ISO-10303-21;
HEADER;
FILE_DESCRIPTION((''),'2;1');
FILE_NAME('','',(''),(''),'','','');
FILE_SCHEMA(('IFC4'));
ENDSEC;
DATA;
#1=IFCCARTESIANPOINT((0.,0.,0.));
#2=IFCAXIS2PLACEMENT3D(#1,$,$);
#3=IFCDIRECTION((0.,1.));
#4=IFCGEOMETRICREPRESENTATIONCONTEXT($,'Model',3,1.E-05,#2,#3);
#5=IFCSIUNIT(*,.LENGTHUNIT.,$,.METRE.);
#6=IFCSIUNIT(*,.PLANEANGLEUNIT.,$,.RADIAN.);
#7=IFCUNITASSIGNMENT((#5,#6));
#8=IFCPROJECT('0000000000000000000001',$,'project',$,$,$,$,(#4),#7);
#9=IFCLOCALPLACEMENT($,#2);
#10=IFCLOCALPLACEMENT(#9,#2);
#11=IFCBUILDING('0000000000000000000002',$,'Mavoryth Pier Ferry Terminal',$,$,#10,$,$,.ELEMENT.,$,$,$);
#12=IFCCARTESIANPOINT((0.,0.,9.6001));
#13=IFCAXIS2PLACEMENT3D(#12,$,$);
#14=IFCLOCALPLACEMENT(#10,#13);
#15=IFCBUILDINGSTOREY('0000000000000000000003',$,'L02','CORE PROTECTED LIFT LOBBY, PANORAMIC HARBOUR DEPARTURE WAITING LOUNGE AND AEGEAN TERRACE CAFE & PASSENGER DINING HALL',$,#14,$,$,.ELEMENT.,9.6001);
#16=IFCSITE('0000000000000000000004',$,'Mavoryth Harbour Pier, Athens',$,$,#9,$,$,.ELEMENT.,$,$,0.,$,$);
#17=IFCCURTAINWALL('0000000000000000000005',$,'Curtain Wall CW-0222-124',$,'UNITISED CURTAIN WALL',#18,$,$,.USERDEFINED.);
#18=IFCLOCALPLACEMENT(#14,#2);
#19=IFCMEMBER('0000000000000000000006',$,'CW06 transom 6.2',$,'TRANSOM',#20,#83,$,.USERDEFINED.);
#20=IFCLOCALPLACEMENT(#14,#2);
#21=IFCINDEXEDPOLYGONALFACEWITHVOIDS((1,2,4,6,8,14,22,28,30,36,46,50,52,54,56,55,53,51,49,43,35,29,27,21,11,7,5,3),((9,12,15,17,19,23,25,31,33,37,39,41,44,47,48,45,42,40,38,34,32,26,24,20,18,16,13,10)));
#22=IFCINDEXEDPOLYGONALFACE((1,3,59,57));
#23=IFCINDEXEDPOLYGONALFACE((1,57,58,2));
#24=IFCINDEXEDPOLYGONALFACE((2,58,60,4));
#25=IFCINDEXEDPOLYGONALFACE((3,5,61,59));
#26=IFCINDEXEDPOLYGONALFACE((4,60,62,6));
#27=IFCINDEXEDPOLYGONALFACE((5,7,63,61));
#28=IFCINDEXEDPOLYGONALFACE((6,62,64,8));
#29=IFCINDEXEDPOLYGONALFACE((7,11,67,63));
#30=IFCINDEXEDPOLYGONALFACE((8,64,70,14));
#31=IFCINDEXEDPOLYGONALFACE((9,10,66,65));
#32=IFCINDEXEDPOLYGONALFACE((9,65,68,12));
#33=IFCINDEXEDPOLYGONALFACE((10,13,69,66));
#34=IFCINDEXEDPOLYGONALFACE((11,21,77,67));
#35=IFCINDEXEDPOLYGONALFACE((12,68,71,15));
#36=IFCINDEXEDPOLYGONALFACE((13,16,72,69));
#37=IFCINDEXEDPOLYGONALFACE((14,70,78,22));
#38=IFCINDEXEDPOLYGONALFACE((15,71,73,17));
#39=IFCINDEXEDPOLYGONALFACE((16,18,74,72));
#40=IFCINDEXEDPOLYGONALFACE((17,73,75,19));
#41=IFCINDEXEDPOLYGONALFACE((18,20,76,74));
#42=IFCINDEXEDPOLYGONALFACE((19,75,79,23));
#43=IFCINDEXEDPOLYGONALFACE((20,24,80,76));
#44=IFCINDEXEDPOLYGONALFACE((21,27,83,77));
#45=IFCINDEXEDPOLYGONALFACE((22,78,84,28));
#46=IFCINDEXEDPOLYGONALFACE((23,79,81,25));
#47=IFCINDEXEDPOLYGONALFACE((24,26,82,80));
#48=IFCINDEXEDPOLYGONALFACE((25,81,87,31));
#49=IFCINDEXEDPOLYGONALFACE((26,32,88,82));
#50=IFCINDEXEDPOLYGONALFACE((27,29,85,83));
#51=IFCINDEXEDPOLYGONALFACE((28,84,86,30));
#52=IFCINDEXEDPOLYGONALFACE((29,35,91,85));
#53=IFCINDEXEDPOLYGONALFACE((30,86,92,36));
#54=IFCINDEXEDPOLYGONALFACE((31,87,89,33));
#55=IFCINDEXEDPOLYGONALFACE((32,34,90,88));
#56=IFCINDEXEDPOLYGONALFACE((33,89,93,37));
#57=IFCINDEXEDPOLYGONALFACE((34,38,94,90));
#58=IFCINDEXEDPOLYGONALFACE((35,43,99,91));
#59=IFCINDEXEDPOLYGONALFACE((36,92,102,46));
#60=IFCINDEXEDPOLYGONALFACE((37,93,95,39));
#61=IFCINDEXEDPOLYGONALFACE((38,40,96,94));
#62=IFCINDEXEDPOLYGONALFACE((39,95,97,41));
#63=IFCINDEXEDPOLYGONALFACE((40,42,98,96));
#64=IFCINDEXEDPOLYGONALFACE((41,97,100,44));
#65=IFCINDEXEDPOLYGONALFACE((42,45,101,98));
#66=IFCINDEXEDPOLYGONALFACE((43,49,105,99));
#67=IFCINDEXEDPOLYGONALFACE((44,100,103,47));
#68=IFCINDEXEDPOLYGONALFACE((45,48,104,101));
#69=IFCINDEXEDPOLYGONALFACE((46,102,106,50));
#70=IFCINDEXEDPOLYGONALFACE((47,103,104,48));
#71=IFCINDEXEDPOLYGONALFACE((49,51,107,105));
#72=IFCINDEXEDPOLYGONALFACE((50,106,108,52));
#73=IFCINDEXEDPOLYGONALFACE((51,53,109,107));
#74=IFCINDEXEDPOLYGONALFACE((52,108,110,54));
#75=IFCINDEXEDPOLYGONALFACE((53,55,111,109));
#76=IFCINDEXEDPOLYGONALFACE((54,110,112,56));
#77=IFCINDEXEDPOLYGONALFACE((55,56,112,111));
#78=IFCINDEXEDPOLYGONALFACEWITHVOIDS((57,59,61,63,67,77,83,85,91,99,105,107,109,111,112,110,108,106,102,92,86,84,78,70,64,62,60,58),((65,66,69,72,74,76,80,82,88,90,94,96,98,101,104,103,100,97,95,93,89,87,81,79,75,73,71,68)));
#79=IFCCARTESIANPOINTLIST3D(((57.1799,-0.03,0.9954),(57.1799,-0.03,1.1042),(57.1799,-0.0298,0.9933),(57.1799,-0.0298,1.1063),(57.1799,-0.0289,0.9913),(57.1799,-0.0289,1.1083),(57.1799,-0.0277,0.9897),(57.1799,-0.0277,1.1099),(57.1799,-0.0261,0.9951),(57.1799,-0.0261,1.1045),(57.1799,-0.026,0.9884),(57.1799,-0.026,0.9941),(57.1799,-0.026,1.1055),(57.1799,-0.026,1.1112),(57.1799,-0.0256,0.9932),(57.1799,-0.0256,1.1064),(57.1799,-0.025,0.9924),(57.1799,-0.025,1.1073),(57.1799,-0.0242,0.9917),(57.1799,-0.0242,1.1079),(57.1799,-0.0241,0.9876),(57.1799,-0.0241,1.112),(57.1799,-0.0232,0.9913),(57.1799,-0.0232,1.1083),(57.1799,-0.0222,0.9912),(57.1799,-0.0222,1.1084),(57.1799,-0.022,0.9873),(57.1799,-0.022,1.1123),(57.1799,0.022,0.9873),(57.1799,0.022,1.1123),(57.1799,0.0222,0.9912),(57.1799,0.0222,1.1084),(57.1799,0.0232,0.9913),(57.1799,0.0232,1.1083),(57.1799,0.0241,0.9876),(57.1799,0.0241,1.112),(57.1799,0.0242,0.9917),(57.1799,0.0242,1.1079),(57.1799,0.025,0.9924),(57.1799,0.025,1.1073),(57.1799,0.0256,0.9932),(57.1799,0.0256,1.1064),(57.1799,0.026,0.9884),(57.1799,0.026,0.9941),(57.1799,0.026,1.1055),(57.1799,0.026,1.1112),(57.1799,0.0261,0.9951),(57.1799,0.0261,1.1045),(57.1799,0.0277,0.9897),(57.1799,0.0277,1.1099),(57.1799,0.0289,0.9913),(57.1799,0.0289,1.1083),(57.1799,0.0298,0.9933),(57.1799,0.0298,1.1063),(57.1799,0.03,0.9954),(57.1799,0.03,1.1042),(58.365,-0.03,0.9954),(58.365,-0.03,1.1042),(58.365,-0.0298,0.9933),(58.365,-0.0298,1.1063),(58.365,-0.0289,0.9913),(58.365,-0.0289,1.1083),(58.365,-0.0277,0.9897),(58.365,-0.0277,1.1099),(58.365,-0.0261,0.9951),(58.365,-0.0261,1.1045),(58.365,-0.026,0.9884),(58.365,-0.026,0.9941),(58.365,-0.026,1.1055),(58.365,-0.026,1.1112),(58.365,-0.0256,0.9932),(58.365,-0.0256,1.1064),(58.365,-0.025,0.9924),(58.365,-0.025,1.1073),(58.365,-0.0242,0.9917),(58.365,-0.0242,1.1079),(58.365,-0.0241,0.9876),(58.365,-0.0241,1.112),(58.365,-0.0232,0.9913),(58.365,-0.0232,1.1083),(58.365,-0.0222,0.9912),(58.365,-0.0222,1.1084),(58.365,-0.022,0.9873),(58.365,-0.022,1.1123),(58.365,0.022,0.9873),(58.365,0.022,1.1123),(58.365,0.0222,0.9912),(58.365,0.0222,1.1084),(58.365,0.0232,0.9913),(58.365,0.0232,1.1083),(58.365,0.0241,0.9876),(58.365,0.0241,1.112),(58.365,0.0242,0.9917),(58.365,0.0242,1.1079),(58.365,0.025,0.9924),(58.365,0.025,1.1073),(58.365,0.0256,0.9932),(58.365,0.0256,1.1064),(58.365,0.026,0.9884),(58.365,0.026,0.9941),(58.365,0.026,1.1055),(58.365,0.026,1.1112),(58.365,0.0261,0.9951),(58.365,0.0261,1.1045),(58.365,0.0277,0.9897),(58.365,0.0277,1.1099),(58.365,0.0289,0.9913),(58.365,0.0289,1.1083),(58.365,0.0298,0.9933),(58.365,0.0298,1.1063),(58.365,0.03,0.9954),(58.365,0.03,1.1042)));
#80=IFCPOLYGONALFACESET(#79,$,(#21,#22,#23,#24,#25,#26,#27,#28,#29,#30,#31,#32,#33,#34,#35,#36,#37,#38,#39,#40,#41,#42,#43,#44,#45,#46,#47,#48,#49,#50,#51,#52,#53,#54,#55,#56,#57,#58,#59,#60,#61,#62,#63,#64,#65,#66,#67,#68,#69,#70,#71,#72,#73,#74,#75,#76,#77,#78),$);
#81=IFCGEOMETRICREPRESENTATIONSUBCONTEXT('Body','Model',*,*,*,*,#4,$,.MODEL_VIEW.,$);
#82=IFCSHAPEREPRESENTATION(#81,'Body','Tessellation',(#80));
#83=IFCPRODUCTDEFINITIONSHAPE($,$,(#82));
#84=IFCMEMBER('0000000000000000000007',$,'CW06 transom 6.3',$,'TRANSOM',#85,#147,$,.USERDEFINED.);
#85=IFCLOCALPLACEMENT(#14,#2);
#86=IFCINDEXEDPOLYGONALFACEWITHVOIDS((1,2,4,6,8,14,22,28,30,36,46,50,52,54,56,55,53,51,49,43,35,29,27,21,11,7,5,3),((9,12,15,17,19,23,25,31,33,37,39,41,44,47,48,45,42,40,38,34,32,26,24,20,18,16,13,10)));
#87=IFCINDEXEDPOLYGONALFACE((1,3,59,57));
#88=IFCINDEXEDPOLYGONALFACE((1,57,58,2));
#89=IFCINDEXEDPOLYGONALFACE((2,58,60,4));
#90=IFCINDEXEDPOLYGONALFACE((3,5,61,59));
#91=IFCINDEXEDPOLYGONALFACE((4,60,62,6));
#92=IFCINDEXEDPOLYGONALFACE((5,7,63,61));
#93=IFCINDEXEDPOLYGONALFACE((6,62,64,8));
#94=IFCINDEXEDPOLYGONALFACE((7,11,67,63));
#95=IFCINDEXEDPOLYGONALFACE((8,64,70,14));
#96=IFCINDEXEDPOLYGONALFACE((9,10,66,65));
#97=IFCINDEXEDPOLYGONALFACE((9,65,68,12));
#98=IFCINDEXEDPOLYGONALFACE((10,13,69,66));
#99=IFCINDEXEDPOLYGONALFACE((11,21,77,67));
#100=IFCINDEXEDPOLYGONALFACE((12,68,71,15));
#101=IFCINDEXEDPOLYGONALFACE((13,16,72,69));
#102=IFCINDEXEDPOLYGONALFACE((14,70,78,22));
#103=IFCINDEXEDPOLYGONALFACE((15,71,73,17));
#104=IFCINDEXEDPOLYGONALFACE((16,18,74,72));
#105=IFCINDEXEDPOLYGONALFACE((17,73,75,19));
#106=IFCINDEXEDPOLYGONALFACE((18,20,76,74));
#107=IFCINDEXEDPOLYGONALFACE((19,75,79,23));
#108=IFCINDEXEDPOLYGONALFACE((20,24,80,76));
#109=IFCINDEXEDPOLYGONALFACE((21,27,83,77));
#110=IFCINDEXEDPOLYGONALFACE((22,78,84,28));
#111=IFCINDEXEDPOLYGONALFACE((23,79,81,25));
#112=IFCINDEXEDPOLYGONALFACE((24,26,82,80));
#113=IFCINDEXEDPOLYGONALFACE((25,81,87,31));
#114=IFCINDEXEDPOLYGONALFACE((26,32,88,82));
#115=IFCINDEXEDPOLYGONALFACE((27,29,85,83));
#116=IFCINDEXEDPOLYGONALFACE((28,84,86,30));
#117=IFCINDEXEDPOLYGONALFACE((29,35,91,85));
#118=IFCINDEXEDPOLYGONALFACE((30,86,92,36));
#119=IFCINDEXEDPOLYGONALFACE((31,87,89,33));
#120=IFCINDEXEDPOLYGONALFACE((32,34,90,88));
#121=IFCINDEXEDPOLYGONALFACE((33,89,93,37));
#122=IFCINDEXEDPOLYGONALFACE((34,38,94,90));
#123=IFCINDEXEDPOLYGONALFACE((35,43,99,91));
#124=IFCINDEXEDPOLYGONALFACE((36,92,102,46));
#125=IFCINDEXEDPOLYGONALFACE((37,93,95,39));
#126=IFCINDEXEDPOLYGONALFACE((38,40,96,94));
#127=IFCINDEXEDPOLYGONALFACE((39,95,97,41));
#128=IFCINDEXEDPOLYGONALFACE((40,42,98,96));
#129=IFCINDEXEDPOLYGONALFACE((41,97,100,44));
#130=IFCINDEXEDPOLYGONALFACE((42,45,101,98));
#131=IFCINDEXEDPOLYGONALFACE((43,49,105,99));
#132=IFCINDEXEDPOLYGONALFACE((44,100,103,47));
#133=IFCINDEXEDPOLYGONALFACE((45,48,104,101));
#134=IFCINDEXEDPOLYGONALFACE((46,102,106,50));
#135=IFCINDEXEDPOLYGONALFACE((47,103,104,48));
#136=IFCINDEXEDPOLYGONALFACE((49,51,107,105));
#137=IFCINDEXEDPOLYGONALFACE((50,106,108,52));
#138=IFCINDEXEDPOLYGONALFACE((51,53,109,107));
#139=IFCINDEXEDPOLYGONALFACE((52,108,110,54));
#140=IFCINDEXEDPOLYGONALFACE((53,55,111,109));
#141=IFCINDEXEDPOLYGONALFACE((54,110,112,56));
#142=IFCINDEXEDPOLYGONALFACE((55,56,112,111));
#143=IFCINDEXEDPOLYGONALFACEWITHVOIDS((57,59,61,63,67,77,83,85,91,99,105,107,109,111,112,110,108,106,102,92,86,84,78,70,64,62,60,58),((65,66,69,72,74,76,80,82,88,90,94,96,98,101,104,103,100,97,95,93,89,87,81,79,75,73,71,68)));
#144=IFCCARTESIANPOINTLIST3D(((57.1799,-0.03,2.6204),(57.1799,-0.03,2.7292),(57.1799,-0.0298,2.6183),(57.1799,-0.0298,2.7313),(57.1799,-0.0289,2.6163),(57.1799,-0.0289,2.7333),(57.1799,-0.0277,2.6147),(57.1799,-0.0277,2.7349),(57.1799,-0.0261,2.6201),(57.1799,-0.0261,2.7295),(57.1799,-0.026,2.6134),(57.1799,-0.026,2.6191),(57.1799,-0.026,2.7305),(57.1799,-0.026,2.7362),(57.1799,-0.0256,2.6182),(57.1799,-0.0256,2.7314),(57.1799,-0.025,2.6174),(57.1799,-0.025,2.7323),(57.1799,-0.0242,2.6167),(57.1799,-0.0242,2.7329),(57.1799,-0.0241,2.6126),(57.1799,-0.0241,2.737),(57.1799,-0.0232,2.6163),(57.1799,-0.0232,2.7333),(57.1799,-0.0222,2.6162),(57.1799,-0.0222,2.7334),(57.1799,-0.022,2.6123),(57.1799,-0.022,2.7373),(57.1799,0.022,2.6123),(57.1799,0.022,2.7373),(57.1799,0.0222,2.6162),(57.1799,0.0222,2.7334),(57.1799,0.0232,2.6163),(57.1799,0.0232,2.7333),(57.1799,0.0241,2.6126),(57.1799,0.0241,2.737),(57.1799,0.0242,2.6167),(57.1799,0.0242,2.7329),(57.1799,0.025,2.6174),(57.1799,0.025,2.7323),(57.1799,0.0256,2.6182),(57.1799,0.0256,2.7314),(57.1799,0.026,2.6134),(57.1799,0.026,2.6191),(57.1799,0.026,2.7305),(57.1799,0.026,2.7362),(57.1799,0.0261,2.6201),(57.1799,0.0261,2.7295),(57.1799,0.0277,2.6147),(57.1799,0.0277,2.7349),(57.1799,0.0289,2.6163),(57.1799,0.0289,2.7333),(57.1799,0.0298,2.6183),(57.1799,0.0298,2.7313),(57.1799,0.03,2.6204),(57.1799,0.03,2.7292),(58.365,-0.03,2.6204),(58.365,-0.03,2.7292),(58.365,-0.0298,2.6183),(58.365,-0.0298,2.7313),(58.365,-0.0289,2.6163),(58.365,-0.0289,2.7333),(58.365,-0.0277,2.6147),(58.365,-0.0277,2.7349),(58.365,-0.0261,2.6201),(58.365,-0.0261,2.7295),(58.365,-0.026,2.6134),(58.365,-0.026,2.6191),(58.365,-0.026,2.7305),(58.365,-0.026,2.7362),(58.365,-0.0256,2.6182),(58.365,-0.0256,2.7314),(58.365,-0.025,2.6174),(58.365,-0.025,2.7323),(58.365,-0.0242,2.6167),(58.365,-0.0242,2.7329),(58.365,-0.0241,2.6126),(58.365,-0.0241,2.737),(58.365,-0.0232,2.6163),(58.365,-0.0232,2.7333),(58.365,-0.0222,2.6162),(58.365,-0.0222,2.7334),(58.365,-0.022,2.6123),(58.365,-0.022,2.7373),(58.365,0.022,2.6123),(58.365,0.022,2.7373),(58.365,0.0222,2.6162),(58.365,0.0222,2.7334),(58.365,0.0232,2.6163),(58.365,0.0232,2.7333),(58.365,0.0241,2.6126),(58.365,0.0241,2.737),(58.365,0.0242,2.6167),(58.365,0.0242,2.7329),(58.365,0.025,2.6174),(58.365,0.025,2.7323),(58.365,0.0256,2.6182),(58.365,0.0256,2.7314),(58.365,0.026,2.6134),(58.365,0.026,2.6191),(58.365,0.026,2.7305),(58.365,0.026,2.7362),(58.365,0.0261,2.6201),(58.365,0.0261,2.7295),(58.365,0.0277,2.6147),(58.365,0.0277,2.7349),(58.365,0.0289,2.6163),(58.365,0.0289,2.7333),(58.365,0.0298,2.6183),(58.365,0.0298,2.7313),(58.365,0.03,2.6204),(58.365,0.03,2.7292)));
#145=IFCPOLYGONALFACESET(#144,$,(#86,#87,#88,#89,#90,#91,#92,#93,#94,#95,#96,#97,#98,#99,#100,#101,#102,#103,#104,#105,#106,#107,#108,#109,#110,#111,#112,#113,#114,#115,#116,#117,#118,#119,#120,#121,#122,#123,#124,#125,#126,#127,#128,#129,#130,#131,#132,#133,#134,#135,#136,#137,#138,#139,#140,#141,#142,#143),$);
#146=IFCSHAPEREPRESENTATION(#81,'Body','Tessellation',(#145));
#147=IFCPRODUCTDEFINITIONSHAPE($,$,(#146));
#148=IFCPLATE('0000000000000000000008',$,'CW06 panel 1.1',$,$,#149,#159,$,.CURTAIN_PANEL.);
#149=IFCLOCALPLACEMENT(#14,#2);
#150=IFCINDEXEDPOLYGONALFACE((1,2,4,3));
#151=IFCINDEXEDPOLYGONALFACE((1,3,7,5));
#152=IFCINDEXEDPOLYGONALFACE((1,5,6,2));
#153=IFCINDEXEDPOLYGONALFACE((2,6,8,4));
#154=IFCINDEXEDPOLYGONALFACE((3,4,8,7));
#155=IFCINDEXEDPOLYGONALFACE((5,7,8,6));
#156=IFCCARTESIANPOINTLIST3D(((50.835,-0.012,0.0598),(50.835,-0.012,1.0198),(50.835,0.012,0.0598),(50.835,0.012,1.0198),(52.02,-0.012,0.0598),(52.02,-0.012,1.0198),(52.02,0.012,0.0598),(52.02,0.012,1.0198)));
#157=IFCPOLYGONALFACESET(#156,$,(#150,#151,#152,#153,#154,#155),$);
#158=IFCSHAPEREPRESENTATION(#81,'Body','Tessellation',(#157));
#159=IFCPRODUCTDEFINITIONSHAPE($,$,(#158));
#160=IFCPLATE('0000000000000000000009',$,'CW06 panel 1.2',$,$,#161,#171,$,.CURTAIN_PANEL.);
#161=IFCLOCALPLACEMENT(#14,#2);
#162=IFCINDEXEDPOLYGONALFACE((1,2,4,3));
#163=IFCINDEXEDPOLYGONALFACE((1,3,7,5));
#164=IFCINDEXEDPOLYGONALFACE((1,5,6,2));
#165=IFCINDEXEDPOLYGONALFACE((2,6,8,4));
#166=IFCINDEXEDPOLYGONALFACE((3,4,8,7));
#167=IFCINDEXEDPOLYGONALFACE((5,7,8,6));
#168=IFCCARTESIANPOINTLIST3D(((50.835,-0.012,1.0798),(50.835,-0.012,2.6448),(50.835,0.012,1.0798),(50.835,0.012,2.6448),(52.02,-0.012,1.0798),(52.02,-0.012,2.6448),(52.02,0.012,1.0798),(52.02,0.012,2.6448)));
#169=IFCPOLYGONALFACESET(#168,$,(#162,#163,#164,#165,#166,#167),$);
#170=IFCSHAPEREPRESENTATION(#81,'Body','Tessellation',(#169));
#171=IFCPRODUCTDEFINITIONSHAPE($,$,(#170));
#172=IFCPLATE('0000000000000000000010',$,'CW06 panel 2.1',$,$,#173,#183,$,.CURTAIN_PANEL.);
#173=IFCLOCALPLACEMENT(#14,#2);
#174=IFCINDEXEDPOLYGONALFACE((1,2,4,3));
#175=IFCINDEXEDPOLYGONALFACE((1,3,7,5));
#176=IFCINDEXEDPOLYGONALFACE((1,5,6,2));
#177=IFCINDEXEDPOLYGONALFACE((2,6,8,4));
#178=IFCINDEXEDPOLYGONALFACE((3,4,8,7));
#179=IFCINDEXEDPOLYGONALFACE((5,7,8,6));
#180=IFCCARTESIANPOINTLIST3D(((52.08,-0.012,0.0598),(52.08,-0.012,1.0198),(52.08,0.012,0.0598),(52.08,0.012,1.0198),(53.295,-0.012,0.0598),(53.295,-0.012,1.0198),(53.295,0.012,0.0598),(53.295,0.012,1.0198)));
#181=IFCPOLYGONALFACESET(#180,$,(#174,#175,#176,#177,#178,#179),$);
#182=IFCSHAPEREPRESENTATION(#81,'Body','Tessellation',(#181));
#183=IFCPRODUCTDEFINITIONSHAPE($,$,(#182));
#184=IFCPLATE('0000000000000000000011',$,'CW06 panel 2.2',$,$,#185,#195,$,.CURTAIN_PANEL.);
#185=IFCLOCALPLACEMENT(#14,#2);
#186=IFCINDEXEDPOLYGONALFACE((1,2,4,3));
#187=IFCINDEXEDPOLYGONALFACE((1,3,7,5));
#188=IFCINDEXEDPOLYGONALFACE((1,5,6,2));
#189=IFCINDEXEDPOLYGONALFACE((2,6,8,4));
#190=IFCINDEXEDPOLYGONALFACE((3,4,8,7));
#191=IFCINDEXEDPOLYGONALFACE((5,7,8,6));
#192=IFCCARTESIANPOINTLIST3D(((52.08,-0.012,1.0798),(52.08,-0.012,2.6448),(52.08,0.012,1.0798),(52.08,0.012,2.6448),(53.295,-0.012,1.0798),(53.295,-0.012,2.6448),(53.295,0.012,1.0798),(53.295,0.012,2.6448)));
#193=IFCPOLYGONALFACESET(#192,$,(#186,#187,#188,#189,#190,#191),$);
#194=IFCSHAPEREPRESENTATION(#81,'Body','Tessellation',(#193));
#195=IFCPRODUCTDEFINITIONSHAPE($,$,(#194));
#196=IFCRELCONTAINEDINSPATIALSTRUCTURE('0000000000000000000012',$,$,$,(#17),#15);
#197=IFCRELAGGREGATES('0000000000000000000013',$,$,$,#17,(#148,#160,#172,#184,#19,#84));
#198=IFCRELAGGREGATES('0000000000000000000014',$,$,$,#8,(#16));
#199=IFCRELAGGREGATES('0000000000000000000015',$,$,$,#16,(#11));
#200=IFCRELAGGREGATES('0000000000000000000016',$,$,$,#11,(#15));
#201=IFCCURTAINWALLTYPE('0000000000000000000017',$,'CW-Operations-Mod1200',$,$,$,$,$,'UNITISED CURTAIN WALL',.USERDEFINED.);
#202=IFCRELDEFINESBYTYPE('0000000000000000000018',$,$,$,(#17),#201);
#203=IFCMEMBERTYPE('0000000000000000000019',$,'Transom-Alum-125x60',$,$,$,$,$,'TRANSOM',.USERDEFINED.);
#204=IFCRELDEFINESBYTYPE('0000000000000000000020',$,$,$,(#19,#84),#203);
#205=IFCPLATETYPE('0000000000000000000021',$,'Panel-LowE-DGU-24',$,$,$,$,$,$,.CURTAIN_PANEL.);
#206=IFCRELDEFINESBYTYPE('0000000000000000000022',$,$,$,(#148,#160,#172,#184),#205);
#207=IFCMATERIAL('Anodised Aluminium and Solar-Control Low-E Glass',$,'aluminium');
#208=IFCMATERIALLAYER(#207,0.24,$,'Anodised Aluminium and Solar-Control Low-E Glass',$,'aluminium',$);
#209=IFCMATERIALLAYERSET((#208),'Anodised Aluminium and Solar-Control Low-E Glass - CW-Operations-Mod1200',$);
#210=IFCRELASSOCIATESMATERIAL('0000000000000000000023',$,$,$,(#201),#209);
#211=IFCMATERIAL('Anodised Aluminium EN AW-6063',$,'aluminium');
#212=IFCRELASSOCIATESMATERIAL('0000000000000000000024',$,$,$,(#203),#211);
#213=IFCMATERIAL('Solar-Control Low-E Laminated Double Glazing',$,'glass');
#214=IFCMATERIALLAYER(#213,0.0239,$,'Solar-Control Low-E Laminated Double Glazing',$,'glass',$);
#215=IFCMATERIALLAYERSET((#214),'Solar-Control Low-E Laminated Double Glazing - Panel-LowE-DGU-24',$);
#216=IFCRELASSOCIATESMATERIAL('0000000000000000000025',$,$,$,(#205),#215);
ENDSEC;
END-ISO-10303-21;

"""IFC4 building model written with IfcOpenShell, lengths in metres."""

from ifc_helpers import new_model, si_unit, direction, frame, origin, origin_2d, place, context, subcontext, project, spatial, rectangle, hollow_rectangle, extrude, material, layer, layer_set, material_profile, profile_set, type_object, element, aggregate, save


model = new_model("IFC4")

# Units and contexts
model_context = context("Model", 3, precision=1e-05, world=origin(), true_north=direction((0.0, 1.0)))
body_context = subcontext(model_context, "Body", "Model", "MODEL_VIEW")
ifc_project = project(units=[si_unit("LENGTHUNIT", "METRE"), si_unit("PLANEANGLEUNIT", "RADIAN")], contexts=[model_context])

# Site, building, storey
site_placement = place(None, origin())
site = spatial("IfcSite", under=ifc_project, at=site_placement, Name="Mavoryth Harbour Pier, Athens", CompositionType="ELEMENT", RefElevation=0.0)
building_placement = place(site_placement, origin())
building = spatial("IfcBuilding", under=site, at=building_placement, Name="Mavoryth Pier Ferry Terminal", CompositionType="ELEMENT")
storey_placement = place(building_placement, frame((0.0, 0.0, 9.6001)))
storey = spatial("IfcBuildingStorey", under=building, at=storey_placement, Name="L02", Description="CORE PROTECTED LIFT LOBBY, PANORAMIC HARBOUR DEPARTURE WAITING LOUNGE AND AEGEAN TERRACE CAFE & PASSENGER DINING HALL", CompositionType="ELEMENT", Elevation=9.6001)

# Curtain wall
ifc_material_1 = material(Name="Anodised Aluminium and Solar-Control Low-E Glass", Category="aluminium")
ifc_layer_1 = layer(ifc_material_1, 0.24, Name="Anodised Aluminium and Solar-Control Low-E Glass", Category="aluminium")
ifc_layer_set_1 = layer_set([ifc_layer_1], Name="Anodised Aluminium and Solar-Control Low-E Glass - CW-Operations-Mod1200")
curtain_wall_type = type_object("IfcCurtainWallType", Name="CW-Operations-Mod1200", ElementType="UNITISED CURTAIN WALL", PredefinedType="USERDEFINED", material=ifc_layer_set_1)
curtain_wall_placement = place(storey_placement, origin())
curtain_wall = element("IfcCurtainWall", 1, at=curtain_wall_placement, inside=storey, type_object=curtain_wall_type, Name="Curtain Wall CW-0222-124", ObjectType="UNITISED CURTAIN WALL", PredefinedType="USERDEFINED")
ifc_material_2 = material(Name="Anodised Aluminium EN AW-6063", Category="aluminium")

# Members
ifc_material_profile_1 = material_profile(ifc_material_2, hollow_rectangle(XDim=0.0601, YDim=0.125, WallThickness=0.0039, InnerFilletRadius=0.0039, OuterFilletRadius=0.0081, at=origin_2d()), Name="AL-TRAN 125x60x4", Category="aluminium")
ifc_profile_set_1 = profile_set([ifc_material_profile_1], Name="Anodised Aluminium EN AW-6063 - AL-TRAN 125x60x4")
member_type_1 = type_object("IfcMemberType", Name="Transom-Alum-125x60", ElementType="TRANSOM", PredefinedType="USERDEFINED", material=ifc_profile_set_1)
member_1_placement = place(storey_placement, frame((57.1799, 0.0, 1.0498), z_axis=(1.0, 0.0, 0.0), x_axis=(0.0, 1.0, 0.0)))
member_1 = element("IfcMember", 2, at=member_1_placement, type_object=member_type_1, Name="CW06 transom 6.2", ObjectType="TRANSOM", PredefinedType="USERDEFINED", context=body_context, shape_type="SweptSolid", body=[
    extrude(hollow_rectangle(XDim=0.0601, YDim=0.125, WallThickness=0.0039, InnerFilletRadius=0.0039, OuterFilletRadius=0.0081, at=origin_2d()), origin(), (0.0, 0.0, 1.0), 1.1851),
])
member_2_placement = place(storey_placement, frame((57.1799, 0.0, 2.6748), z_axis=(1.0, 0.0, 0.0), x_axis=(0.0, 1.0, 0.0)))
member_2 = element("IfcMember", 3, at=member_2_placement, type_object=member_type_1, Name="CW06 transom 6.3", ObjectType="TRANSOM", PredefinedType="USERDEFINED", context=body_context, shape_type="SweptSolid", body=[
    extrude(hollow_rectangle(XDim=0.0601, YDim=0.125, WallThickness=0.0039, InnerFilletRadius=0.0039, OuterFilletRadius=0.0081, at=origin_2d()), origin(), (0.0, 0.0, 1.0), 1.1851),
])

# Plates
ifc_material_3 = material(Name="Solar-Control Low-E Laminated Double Glazing", Category="glass")
ifc_layer_2 = layer(ifc_material_3, 0.0239, Name="Solar-Control Low-E Laminated Double Glazing", Category="glass")
ifc_layer_set_2 = layer_set([ifc_layer_2], Name="Solar-Control Low-E Laminated Double Glazing - Panel-LowE-DGU-24")
plate_type = type_object("IfcPlateType", Name="Panel-LowE-DGU-24", PredefinedType="CURTAIN_PANEL", material=ifc_layer_set_2)
plate_1_placement = place(storey_placement, frame((51.4275, 0.0, 0.0598), z_axis=(0.0, 0.0, 1.0), x_axis=(1.0, 0.0, 0.0)))
plate_1 = element("IfcPlate", 4, at=plate_1_placement, type_object=plate_type, Name="CW06 panel 1.1", PredefinedType="CURTAIN_PANEL", context=body_context, shape_type="SweptSolid", body=[
    extrude(rectangle(XDim=1.1851, YDim=0.0239, at=origin_2d()), origin(), (0.0, 0.0, 1.0), 0.96),
])
plate_2_placement = place(storey_placement, frame((51.4275, 0.0, 1.0798), z_axis=(0.0, 0.0, 1.0), x_axis=(1.0, 0.0, 0.0)))
plate_2 = element("IfcPlate", 5, at=plate_2_placement, type_object=plate_type, Name="CW06 panel 1.2", PredefinedType="CURTAIN_PANEL", context=body_context, shape_type="SweptSolid", body=[
    extrude(rectangle(XDim=1.1851, YDim=0.0239, at=origin_2d()), origin(), (0.0, 0.0, 1.0), 1.5649),
])
plate_3_placement = place(storey_placement, frame((52.6875, 0.0, 0.0598), z_axis=(0.0, 0.0, 1.0), x_axis=(1.0, 0.0, 0.0)))
plate_3 = element("IfcPlate", 6, at=plate_3_placement, type_object=plate_type, Name="CW06 panel 2.1", PredefinedType="CURTAIN_PANEL", context=body_context, shape_type="SweptSolid", body=[
    extrude(rectangle(XDim=1.2151, YDim=0.0239, at=origin_2d()), origin(), (0.0, 0.0, 1.0), 0.96),
])
plate_4_placement = place(storey_placement, frame((52.6875, 0.0, 1.0798), z_axis=(0.0, 0.0, 1.0), x_axis=(1.0, 0.0, 0.0)))
plate_4 = element("IfcPlate", 7, at=plate_4_placement, type_object=plate_type, Name="CW06 panel 2.2", PredefinedType="CURTAIN_PANEL", context=body_context, shape_type="SweptSolid", body=[
    extrude(rectangle(XDim=1.2151, YDim=0.0239, at=origin_2d()), origin(), (0.0, 0.0, 1.0), 1.5649),
])
aggregate(curtain_wall, [plate_1, plate_2, plate_3, plate_4, member_1, member_2])

save(model, "model.ifc")
